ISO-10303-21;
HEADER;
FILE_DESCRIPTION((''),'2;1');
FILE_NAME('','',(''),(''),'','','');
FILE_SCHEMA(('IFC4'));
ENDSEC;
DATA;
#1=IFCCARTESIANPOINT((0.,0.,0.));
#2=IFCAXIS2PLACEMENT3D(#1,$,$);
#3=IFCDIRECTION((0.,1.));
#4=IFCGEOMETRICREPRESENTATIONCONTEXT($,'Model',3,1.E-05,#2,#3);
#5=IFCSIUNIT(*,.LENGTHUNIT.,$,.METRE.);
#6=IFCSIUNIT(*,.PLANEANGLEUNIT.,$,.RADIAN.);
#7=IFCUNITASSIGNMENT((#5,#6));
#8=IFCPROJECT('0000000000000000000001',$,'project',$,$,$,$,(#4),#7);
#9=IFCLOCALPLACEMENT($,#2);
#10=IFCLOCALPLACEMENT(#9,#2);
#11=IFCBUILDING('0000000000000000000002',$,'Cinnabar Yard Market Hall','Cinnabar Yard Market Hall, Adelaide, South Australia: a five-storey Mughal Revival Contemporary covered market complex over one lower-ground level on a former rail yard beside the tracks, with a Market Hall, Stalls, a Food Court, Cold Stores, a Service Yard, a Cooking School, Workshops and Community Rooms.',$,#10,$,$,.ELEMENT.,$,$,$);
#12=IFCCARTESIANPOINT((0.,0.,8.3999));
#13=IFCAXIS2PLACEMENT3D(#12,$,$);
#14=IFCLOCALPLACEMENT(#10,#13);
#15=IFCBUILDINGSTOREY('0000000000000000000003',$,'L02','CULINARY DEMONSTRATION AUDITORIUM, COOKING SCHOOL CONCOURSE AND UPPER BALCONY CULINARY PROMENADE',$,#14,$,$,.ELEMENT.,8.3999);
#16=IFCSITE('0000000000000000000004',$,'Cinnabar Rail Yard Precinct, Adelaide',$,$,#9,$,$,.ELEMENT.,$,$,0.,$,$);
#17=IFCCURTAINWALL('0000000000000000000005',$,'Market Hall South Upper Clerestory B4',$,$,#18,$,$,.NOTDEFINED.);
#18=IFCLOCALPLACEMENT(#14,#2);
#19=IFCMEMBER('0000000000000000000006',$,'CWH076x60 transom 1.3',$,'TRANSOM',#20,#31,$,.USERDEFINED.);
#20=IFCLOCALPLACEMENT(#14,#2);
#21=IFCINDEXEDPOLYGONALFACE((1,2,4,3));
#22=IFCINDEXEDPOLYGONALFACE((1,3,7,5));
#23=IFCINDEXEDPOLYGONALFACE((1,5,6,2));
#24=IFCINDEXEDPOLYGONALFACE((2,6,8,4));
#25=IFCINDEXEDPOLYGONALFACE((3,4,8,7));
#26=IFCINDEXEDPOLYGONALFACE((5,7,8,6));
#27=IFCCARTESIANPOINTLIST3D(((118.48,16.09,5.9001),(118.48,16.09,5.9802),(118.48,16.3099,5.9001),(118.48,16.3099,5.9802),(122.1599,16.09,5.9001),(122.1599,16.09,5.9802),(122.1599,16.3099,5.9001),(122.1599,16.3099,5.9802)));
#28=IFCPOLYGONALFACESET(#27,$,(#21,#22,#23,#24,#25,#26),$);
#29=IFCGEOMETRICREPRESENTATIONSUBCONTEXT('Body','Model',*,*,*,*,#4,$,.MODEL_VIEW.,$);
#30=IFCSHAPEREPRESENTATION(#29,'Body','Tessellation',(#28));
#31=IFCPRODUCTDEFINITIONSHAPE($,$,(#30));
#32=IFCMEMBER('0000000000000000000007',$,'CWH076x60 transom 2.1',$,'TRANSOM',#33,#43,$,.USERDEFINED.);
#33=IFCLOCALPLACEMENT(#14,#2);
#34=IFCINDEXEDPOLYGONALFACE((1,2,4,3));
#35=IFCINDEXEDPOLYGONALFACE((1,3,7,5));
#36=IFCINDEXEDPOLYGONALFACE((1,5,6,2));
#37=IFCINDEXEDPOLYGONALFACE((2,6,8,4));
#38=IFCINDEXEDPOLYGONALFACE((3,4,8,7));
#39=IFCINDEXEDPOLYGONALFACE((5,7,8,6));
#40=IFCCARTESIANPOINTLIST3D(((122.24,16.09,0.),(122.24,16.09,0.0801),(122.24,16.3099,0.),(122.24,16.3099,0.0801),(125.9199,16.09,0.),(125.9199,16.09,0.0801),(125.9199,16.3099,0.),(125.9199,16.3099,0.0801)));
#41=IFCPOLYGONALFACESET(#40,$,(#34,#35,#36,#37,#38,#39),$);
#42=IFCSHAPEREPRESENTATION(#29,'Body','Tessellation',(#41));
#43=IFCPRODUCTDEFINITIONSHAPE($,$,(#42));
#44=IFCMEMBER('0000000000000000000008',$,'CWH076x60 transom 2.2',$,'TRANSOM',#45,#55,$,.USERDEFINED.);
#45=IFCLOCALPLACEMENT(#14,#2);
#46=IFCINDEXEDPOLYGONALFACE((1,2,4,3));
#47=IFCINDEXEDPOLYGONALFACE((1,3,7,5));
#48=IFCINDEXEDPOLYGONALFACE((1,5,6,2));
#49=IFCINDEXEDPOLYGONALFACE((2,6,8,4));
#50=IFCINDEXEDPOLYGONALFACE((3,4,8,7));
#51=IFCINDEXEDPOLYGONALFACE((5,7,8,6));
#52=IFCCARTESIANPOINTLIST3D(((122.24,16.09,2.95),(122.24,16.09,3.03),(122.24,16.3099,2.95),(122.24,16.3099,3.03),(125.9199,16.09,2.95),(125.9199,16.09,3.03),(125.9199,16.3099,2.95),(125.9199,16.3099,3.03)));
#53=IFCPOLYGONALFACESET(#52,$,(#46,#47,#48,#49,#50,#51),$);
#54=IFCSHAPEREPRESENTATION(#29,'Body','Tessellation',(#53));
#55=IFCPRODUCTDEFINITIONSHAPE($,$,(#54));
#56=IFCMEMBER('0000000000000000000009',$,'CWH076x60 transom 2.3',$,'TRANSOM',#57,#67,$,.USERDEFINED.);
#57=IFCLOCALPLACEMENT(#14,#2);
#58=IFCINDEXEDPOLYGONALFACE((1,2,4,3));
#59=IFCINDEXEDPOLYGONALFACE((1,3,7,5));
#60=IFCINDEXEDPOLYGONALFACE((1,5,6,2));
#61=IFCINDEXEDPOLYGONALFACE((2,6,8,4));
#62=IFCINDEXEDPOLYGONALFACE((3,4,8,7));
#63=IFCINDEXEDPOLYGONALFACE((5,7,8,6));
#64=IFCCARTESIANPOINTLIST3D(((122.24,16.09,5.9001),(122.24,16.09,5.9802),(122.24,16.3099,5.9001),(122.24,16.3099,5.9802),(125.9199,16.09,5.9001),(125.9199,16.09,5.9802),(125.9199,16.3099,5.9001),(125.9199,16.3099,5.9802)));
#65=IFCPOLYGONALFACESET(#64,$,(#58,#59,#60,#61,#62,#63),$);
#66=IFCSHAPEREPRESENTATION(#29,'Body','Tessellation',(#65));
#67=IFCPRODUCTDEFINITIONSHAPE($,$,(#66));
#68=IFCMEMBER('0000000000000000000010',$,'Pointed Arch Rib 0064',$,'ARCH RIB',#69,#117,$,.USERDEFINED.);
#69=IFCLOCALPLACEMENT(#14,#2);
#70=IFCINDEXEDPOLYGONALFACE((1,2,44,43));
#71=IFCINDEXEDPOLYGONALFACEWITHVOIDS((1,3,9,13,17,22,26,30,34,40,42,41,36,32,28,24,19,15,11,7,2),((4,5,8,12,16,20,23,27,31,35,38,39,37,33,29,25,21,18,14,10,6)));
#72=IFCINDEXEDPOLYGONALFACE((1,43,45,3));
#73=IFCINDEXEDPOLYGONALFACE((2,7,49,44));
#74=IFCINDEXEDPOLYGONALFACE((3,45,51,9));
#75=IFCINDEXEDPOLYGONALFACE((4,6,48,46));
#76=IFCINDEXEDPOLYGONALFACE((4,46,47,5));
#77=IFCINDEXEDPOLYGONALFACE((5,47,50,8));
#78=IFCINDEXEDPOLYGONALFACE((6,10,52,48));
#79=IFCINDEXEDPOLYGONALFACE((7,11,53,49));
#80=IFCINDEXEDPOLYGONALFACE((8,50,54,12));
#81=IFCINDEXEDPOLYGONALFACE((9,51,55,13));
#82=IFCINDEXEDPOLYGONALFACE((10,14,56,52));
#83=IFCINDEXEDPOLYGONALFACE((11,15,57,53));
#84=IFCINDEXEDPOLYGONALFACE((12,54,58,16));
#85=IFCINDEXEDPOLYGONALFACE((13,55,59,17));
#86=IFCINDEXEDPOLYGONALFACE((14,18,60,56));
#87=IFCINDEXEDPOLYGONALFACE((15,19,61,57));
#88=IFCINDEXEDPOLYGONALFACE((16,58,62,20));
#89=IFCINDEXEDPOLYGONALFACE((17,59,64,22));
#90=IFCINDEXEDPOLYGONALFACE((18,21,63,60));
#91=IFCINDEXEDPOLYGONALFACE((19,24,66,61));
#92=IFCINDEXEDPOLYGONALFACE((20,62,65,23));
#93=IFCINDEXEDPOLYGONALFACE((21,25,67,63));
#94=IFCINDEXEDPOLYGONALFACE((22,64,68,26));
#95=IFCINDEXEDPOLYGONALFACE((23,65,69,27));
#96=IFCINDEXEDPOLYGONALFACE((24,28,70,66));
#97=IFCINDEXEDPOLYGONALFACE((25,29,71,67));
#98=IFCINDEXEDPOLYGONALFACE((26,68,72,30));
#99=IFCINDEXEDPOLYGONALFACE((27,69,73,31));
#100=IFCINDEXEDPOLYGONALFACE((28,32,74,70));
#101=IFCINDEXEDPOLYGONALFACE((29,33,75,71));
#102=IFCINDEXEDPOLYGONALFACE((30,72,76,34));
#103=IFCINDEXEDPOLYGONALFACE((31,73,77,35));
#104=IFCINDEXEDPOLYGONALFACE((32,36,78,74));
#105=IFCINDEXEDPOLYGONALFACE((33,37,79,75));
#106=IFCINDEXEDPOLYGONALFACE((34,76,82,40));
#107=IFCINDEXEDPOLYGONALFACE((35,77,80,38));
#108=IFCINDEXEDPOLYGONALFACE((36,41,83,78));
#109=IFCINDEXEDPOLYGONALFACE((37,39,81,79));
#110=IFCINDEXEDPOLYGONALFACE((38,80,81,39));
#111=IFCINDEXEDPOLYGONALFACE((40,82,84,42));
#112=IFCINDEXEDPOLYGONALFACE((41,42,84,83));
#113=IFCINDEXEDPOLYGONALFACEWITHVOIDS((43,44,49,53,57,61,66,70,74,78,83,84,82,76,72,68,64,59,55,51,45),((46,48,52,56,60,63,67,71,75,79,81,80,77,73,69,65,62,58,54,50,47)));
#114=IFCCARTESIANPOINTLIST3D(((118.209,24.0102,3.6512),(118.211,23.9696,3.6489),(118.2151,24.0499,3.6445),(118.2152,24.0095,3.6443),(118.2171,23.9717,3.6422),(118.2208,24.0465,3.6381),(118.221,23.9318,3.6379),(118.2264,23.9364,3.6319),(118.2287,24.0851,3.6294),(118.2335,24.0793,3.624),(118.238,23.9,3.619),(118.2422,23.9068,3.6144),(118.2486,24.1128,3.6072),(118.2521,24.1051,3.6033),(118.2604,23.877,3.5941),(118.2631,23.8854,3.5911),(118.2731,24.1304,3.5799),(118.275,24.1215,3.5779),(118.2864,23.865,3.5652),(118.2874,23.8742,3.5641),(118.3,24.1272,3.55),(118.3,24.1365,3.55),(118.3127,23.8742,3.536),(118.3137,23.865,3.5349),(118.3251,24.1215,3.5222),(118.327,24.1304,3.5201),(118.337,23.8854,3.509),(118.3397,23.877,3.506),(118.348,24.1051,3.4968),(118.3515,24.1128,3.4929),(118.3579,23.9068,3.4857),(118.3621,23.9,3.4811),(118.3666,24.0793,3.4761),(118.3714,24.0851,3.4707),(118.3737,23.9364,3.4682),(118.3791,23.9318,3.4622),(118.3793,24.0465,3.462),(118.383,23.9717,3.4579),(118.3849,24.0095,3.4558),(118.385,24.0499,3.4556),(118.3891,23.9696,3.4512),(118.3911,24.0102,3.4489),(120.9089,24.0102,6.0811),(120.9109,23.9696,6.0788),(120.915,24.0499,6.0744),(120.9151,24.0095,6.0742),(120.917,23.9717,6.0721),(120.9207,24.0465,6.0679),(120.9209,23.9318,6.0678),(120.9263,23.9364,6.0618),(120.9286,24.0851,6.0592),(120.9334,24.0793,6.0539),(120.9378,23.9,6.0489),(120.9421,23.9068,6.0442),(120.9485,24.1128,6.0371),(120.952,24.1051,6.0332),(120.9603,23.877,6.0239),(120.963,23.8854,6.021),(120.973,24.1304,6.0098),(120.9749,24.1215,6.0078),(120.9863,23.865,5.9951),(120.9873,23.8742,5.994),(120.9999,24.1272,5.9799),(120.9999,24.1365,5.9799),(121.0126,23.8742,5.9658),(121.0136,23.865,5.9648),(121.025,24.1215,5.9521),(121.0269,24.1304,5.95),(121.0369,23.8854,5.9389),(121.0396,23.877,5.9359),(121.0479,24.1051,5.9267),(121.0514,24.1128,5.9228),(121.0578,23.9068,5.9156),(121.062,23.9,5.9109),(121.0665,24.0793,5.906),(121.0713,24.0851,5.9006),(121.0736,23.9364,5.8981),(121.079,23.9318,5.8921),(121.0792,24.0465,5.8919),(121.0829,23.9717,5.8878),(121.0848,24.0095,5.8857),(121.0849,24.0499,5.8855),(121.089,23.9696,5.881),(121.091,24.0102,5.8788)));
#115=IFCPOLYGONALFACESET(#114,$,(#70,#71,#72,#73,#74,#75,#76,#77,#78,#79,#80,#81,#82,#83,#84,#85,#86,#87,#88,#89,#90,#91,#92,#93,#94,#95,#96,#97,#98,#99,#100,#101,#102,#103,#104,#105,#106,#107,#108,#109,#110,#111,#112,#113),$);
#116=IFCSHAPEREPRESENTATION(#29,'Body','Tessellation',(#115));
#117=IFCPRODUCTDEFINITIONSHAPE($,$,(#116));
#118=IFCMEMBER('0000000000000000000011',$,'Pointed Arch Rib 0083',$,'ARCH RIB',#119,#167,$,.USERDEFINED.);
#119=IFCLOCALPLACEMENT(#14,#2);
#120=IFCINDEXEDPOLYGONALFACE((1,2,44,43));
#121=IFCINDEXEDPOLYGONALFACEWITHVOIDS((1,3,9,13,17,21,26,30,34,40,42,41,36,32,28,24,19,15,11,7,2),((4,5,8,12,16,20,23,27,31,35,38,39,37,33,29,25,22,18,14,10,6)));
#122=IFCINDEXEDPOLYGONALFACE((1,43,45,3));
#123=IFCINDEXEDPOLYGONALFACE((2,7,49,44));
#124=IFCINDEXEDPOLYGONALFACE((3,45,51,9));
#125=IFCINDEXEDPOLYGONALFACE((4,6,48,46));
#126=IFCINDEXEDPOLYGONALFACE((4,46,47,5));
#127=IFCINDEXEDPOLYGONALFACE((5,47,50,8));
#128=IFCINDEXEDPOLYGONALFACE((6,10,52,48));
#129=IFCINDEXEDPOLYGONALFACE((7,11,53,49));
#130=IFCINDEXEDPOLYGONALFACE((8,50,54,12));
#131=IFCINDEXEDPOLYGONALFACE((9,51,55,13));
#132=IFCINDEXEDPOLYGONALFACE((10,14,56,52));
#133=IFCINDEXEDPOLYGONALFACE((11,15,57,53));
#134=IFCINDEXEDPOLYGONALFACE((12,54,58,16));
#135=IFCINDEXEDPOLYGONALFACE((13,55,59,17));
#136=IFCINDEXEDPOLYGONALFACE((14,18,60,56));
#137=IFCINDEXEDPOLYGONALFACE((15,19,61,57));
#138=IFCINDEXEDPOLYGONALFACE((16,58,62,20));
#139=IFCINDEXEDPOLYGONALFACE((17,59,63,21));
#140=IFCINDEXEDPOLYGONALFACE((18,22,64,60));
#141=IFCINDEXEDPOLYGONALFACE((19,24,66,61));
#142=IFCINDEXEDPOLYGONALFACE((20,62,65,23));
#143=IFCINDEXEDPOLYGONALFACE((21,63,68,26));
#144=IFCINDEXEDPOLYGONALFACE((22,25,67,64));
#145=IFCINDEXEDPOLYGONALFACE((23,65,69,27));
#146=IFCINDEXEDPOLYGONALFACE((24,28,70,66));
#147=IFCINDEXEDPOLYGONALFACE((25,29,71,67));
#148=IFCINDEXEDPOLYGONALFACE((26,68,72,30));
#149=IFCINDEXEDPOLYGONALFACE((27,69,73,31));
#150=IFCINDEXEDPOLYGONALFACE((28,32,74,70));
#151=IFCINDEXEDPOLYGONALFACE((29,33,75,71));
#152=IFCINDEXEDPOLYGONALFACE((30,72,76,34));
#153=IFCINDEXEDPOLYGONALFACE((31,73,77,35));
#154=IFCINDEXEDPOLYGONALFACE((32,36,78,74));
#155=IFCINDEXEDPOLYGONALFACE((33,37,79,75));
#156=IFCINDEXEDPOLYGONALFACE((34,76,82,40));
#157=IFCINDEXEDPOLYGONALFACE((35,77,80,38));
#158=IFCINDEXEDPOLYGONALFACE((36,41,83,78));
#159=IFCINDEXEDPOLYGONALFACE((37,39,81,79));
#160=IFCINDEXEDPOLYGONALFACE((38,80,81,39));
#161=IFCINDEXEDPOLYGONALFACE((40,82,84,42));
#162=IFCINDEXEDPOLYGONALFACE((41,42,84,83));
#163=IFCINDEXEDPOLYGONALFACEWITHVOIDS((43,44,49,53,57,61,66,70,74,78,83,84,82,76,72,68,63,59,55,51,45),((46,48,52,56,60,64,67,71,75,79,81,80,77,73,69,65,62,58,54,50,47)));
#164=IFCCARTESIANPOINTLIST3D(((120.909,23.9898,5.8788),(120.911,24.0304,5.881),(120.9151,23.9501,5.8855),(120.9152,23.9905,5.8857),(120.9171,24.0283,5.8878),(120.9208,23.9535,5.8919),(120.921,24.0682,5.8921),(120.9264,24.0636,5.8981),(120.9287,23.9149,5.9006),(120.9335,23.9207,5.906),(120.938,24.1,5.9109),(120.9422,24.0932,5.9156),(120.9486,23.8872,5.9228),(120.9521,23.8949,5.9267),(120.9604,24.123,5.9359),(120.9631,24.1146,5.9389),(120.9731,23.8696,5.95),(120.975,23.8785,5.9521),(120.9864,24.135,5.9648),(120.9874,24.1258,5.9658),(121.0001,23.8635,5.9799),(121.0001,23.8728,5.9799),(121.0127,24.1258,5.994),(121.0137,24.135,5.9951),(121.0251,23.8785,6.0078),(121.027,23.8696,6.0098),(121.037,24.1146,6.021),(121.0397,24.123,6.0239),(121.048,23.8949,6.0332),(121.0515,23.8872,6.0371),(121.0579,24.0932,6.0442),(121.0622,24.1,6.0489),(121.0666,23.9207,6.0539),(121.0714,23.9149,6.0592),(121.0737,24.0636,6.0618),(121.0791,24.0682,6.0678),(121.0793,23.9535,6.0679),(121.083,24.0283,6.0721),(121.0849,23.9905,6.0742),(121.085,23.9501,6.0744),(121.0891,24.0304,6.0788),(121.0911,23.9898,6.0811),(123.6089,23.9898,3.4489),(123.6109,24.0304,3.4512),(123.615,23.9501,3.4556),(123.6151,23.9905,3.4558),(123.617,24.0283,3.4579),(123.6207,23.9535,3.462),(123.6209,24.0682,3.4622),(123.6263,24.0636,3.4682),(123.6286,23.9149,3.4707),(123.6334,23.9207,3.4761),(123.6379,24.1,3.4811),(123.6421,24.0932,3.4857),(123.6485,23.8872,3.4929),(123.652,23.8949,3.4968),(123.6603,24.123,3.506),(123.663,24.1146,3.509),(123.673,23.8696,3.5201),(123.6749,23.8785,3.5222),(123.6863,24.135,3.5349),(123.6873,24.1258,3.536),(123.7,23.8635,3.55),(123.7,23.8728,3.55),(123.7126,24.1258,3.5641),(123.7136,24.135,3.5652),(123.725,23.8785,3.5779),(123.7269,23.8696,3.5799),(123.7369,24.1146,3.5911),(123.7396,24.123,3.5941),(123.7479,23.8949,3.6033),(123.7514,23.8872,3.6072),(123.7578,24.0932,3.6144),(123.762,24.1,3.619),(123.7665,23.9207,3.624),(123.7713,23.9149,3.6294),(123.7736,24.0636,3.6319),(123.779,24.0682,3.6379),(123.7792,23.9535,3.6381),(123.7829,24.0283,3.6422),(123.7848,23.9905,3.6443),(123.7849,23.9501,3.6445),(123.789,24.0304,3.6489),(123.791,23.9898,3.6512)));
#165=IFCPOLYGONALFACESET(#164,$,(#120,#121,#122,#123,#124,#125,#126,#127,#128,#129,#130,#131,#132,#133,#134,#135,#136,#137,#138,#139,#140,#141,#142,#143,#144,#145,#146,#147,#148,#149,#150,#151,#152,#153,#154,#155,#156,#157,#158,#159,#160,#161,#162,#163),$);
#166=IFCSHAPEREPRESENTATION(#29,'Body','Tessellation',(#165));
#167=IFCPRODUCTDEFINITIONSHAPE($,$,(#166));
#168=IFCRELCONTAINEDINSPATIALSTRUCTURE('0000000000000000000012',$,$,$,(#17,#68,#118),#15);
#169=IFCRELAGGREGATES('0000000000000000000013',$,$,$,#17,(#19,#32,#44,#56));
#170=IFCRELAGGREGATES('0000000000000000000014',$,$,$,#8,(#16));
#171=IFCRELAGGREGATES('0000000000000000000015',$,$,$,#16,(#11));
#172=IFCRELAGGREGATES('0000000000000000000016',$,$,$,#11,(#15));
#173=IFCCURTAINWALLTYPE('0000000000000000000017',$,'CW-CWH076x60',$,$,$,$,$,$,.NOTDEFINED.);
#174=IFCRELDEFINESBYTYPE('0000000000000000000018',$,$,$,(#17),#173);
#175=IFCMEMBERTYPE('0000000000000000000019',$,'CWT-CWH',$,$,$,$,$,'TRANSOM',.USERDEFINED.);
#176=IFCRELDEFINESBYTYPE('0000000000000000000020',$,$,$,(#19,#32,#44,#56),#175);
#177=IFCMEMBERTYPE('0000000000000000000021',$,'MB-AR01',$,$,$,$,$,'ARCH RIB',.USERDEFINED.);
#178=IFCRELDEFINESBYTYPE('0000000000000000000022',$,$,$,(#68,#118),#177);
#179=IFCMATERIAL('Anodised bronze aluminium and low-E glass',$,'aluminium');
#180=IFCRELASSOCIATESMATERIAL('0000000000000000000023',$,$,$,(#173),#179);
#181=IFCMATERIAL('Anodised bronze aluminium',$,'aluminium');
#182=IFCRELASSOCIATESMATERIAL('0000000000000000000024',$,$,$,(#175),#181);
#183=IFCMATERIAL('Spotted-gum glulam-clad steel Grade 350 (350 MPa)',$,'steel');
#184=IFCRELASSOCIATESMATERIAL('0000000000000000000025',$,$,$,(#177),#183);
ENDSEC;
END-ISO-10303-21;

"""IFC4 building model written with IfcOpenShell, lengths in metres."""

from ifc_helpers import new_model, si_unit, direction, frame, origin, origin_2d_with_axis, place, context, subcontext, project, spatial, rectangle, hollow_circle, extrude, material, material_profile, profile_set, type_object, element, aggregate, save


model = new_model("IFC4")

# Units and contexts
model_context = context("Model", 3, precision=1e-05, world=origin(), true_north=direction((0.0, 1.0)))
body_context = subcontext(model_context, "Body", "Model", "MODEL_VIEW")
ifc_project = project(units=[si_unit("LENGTHUNIT", "METRE"), si_unit("PLANEANGLEUNIT", "RADIAN")], contexts=[model_context])

# Site, building, storey
site_placement = place(None, origin())
site = spatial("IfcSite", under=ifc_project, at=site_placement, Name="Cinnabar Rail Yard Precinct, Adelaide", CompositionType="ELEMENT", RefElevation=0.0)
building_placement = place(site_placement, origin())
building = spatial("IfcBuilding", under=site, at=building_placement, Name="Cinnabar Yard Market Hall", Description="Cinnabar Yard Market Hall, Adelaide, South Australia: a five-storey Mughal Revival Contemporary covered market complex over one lower-ground level on a former rail yard beside the tracks, with a Market Hall, Stalls, a Food Court, Cold Stores, a Service Yard, a Cooking School, Workshops and Community Rooms.", CompositionType="ELEMENT")
storey_placement = place(building_placement, frame((0.0, 0.0, 8.3999)))
storey = spatial("IfcBuildingStorey", under=building, at=storey_placement, Name="L02", Description="CULINARY DEMONSTRATION AUDITORIUM, COOKING SCHOOL CONCOURSE AND UPPER BALCONY CULINARY PROMENADE", CompositionType="ELEMENT", Elevation=8.3999)

# Shared definitions
ifc_material_1 = material(Name="Spotted-gum glulam-clad steel Grade 350 (350 MPa)", Category="steel")

# Curtain wall
ifc_material_2 = material(Name="Anodised bronze aluminium and low-E glass", Category="aluminium")
ifc_material_3 = material(Name="Anodised bronze aluminium", Category="aluminium")
curtain_wall_type_1 = type_object("IfcCurtainWallType", Name="CW-CWH076x60", PredefinedType="NOTDEFINED", material=ifc_material_2)
curtain_wall_1_placement = place(storey_placement, origin())
curtain_wall_1 = element("IfcCurtainWall", 1, at=curtain_wall_1_placement, inside=storey, type_object=curtain_wall_type_1, Name="Market Hall South Upper Clerestory B4", PredefinedType="NOTDEFINED")

# Members
ifc_material_profile_1 = material_profile(ifc_material_3, rectangle(XDim=0.22, YDim=0.0801, at=origin_2d_with_axis()), Name="TRN-CWH")
ifc_profile_set_1 = profile_set([ifc_material_profile_1], Name="Anodised bronze aluminium")
member_type_1 = type_object("IfcMemberType", Name="CWT-CWH", ElementType="TRANSOM", PredefinedType="USERDEFINED", material=ifc_profile_set_1)
member_1_placement = place(storey_placement, frame((118.48, 16.2, 5.9402), z_axis=(1.0, 0.0, 0.0), x_axis=(0.0, 1.0, 0.0)))
member_1 = element("IfcMember", 2, at=member_1_placement, type_object=member_type_1, Name="CWH076x60 transom 1.3", ObjectType="TRANSOM", PredefinedType="USERDEFINED", context=body_context, shape_type="SweptSolid", body=[
    extrude(rectangle(XDim=0.22, YDim=0.0801, at=origin_2d_with_axis()), origin(), (0.0, 0.0, 1.0), 3.6799),
])
member_2_placement = place(storey_placement, frame((122.24, 16.2, 0.04), z_axis=(1.0, 0.0, 0.0), x_axis=(0.0, 1.0, 0.0)))
member_2 = element("IfcMember", 3, at=member_2_placement, type_object=member_type_1, Name="CWH076x60 transom 2.1", ObjectType="TRANSOM", PredefinedType="USERDEFINED", context=body_context, shape_type="SweptSolid", body=[
    extrude(rectangle(XDim=0.22, YDim=0.0801, at=origin_2d_with_axis()), origin(), (0.0, 0.0, 1.0), 3.6799),
])
member_3_placement = place(storey_placement, frame((122.24, 16.2, 2.99), z_axis=(1.0, 0.0, 0.0), x_axis=(0.0, 1.0, 0.0)))
member_3 = element("IfcMember", 4, at=member_3_placement, type_object=member_type_1, Name="CWH076x60 transom 2.2", ObjectType="TRANSOM", PredefinedType="USERDEFINED", context=body_context, shape_type="SweptSolid", body=[
    extrude(rectangle(XDim=0.22, YDim=0.0801, at=origin_2d_with_axis()), origin(), (0.0, 0.0, 1.0), 3.6799),
])
member_4_placement = place(storey_placement, frame((122.24, 16.2, 5.9402), z_axis=(1.0, 0.0, 0.0), x_axis=(0.0, 1.0, 0.0)))
member_4 = element("IfcMember", 5, at=member_4_placement, type_object=member_type_1, Name="CWH076x60 transom 2.3", ObjectType="TRANSOM", PredefinedType="USERDEFINED", context=body_context, shape_type="SweptSolid", body=[
    extrude(rectangle(XDim=0.22, YDim=0.0801, at=origin_2d_with_axis()), origin(), (0.0, 0.0, 1.0), 3.6799),
])

# Members
ifc_material_profile_2 = material_profile(ifc_material_1, hollow_circle(Radius=0.1365, WallThickness=0.0093, at=origin_2d_with_axis()), Name="273.1x9.3CHS")
ifc_profile_set_2 = profile_set([ifc_material_profile_2], Name="Spotted-gum glulam-clad steel Grade 350 (350 MPa)")
member_type_2 = type_object("IfcMemberType", Name="MB-AR01", ElementType="ARCH RIB", PredefinedType="USERDEFINED", material=ifc_profile_set_2)
for number, where, z_axis, x_axis, name in (
    (6, (118.3, 24.0, 3.55), (0.743297, 0.0, 0.668961), (0.0, 1.0, 0.0), "Pointed Arch Rib 0064"),
    (7, (123.7, 24.0, 3.55), (-0.743297, 0.0, 0.668961), (0.0, -1.0, 0.0), "Pointed Arch Rib 0083"),
):
    element("IfcMember", number, at=place(storey_placement, frame(where, z_axis=z_axis, x_axis=x_axis)), inside=storey, type_object=member_type_2, Name=name, ObjectType="ARCH RIB", PredefinedType="USERDEFINED", context=body_context, shape_type="SweptSolid", body=[
        extrude(hollow_circle(Radius=0.1365, WallThickness=0.0093, at=origin_2d_with_axis()), origin(), (0.0, 0.0, 1.0), 3.6323),
    ])

aggregate(curtain_wall_1, [member_1, member_2, member_3, member_4])

save(model, "model.ifc")
